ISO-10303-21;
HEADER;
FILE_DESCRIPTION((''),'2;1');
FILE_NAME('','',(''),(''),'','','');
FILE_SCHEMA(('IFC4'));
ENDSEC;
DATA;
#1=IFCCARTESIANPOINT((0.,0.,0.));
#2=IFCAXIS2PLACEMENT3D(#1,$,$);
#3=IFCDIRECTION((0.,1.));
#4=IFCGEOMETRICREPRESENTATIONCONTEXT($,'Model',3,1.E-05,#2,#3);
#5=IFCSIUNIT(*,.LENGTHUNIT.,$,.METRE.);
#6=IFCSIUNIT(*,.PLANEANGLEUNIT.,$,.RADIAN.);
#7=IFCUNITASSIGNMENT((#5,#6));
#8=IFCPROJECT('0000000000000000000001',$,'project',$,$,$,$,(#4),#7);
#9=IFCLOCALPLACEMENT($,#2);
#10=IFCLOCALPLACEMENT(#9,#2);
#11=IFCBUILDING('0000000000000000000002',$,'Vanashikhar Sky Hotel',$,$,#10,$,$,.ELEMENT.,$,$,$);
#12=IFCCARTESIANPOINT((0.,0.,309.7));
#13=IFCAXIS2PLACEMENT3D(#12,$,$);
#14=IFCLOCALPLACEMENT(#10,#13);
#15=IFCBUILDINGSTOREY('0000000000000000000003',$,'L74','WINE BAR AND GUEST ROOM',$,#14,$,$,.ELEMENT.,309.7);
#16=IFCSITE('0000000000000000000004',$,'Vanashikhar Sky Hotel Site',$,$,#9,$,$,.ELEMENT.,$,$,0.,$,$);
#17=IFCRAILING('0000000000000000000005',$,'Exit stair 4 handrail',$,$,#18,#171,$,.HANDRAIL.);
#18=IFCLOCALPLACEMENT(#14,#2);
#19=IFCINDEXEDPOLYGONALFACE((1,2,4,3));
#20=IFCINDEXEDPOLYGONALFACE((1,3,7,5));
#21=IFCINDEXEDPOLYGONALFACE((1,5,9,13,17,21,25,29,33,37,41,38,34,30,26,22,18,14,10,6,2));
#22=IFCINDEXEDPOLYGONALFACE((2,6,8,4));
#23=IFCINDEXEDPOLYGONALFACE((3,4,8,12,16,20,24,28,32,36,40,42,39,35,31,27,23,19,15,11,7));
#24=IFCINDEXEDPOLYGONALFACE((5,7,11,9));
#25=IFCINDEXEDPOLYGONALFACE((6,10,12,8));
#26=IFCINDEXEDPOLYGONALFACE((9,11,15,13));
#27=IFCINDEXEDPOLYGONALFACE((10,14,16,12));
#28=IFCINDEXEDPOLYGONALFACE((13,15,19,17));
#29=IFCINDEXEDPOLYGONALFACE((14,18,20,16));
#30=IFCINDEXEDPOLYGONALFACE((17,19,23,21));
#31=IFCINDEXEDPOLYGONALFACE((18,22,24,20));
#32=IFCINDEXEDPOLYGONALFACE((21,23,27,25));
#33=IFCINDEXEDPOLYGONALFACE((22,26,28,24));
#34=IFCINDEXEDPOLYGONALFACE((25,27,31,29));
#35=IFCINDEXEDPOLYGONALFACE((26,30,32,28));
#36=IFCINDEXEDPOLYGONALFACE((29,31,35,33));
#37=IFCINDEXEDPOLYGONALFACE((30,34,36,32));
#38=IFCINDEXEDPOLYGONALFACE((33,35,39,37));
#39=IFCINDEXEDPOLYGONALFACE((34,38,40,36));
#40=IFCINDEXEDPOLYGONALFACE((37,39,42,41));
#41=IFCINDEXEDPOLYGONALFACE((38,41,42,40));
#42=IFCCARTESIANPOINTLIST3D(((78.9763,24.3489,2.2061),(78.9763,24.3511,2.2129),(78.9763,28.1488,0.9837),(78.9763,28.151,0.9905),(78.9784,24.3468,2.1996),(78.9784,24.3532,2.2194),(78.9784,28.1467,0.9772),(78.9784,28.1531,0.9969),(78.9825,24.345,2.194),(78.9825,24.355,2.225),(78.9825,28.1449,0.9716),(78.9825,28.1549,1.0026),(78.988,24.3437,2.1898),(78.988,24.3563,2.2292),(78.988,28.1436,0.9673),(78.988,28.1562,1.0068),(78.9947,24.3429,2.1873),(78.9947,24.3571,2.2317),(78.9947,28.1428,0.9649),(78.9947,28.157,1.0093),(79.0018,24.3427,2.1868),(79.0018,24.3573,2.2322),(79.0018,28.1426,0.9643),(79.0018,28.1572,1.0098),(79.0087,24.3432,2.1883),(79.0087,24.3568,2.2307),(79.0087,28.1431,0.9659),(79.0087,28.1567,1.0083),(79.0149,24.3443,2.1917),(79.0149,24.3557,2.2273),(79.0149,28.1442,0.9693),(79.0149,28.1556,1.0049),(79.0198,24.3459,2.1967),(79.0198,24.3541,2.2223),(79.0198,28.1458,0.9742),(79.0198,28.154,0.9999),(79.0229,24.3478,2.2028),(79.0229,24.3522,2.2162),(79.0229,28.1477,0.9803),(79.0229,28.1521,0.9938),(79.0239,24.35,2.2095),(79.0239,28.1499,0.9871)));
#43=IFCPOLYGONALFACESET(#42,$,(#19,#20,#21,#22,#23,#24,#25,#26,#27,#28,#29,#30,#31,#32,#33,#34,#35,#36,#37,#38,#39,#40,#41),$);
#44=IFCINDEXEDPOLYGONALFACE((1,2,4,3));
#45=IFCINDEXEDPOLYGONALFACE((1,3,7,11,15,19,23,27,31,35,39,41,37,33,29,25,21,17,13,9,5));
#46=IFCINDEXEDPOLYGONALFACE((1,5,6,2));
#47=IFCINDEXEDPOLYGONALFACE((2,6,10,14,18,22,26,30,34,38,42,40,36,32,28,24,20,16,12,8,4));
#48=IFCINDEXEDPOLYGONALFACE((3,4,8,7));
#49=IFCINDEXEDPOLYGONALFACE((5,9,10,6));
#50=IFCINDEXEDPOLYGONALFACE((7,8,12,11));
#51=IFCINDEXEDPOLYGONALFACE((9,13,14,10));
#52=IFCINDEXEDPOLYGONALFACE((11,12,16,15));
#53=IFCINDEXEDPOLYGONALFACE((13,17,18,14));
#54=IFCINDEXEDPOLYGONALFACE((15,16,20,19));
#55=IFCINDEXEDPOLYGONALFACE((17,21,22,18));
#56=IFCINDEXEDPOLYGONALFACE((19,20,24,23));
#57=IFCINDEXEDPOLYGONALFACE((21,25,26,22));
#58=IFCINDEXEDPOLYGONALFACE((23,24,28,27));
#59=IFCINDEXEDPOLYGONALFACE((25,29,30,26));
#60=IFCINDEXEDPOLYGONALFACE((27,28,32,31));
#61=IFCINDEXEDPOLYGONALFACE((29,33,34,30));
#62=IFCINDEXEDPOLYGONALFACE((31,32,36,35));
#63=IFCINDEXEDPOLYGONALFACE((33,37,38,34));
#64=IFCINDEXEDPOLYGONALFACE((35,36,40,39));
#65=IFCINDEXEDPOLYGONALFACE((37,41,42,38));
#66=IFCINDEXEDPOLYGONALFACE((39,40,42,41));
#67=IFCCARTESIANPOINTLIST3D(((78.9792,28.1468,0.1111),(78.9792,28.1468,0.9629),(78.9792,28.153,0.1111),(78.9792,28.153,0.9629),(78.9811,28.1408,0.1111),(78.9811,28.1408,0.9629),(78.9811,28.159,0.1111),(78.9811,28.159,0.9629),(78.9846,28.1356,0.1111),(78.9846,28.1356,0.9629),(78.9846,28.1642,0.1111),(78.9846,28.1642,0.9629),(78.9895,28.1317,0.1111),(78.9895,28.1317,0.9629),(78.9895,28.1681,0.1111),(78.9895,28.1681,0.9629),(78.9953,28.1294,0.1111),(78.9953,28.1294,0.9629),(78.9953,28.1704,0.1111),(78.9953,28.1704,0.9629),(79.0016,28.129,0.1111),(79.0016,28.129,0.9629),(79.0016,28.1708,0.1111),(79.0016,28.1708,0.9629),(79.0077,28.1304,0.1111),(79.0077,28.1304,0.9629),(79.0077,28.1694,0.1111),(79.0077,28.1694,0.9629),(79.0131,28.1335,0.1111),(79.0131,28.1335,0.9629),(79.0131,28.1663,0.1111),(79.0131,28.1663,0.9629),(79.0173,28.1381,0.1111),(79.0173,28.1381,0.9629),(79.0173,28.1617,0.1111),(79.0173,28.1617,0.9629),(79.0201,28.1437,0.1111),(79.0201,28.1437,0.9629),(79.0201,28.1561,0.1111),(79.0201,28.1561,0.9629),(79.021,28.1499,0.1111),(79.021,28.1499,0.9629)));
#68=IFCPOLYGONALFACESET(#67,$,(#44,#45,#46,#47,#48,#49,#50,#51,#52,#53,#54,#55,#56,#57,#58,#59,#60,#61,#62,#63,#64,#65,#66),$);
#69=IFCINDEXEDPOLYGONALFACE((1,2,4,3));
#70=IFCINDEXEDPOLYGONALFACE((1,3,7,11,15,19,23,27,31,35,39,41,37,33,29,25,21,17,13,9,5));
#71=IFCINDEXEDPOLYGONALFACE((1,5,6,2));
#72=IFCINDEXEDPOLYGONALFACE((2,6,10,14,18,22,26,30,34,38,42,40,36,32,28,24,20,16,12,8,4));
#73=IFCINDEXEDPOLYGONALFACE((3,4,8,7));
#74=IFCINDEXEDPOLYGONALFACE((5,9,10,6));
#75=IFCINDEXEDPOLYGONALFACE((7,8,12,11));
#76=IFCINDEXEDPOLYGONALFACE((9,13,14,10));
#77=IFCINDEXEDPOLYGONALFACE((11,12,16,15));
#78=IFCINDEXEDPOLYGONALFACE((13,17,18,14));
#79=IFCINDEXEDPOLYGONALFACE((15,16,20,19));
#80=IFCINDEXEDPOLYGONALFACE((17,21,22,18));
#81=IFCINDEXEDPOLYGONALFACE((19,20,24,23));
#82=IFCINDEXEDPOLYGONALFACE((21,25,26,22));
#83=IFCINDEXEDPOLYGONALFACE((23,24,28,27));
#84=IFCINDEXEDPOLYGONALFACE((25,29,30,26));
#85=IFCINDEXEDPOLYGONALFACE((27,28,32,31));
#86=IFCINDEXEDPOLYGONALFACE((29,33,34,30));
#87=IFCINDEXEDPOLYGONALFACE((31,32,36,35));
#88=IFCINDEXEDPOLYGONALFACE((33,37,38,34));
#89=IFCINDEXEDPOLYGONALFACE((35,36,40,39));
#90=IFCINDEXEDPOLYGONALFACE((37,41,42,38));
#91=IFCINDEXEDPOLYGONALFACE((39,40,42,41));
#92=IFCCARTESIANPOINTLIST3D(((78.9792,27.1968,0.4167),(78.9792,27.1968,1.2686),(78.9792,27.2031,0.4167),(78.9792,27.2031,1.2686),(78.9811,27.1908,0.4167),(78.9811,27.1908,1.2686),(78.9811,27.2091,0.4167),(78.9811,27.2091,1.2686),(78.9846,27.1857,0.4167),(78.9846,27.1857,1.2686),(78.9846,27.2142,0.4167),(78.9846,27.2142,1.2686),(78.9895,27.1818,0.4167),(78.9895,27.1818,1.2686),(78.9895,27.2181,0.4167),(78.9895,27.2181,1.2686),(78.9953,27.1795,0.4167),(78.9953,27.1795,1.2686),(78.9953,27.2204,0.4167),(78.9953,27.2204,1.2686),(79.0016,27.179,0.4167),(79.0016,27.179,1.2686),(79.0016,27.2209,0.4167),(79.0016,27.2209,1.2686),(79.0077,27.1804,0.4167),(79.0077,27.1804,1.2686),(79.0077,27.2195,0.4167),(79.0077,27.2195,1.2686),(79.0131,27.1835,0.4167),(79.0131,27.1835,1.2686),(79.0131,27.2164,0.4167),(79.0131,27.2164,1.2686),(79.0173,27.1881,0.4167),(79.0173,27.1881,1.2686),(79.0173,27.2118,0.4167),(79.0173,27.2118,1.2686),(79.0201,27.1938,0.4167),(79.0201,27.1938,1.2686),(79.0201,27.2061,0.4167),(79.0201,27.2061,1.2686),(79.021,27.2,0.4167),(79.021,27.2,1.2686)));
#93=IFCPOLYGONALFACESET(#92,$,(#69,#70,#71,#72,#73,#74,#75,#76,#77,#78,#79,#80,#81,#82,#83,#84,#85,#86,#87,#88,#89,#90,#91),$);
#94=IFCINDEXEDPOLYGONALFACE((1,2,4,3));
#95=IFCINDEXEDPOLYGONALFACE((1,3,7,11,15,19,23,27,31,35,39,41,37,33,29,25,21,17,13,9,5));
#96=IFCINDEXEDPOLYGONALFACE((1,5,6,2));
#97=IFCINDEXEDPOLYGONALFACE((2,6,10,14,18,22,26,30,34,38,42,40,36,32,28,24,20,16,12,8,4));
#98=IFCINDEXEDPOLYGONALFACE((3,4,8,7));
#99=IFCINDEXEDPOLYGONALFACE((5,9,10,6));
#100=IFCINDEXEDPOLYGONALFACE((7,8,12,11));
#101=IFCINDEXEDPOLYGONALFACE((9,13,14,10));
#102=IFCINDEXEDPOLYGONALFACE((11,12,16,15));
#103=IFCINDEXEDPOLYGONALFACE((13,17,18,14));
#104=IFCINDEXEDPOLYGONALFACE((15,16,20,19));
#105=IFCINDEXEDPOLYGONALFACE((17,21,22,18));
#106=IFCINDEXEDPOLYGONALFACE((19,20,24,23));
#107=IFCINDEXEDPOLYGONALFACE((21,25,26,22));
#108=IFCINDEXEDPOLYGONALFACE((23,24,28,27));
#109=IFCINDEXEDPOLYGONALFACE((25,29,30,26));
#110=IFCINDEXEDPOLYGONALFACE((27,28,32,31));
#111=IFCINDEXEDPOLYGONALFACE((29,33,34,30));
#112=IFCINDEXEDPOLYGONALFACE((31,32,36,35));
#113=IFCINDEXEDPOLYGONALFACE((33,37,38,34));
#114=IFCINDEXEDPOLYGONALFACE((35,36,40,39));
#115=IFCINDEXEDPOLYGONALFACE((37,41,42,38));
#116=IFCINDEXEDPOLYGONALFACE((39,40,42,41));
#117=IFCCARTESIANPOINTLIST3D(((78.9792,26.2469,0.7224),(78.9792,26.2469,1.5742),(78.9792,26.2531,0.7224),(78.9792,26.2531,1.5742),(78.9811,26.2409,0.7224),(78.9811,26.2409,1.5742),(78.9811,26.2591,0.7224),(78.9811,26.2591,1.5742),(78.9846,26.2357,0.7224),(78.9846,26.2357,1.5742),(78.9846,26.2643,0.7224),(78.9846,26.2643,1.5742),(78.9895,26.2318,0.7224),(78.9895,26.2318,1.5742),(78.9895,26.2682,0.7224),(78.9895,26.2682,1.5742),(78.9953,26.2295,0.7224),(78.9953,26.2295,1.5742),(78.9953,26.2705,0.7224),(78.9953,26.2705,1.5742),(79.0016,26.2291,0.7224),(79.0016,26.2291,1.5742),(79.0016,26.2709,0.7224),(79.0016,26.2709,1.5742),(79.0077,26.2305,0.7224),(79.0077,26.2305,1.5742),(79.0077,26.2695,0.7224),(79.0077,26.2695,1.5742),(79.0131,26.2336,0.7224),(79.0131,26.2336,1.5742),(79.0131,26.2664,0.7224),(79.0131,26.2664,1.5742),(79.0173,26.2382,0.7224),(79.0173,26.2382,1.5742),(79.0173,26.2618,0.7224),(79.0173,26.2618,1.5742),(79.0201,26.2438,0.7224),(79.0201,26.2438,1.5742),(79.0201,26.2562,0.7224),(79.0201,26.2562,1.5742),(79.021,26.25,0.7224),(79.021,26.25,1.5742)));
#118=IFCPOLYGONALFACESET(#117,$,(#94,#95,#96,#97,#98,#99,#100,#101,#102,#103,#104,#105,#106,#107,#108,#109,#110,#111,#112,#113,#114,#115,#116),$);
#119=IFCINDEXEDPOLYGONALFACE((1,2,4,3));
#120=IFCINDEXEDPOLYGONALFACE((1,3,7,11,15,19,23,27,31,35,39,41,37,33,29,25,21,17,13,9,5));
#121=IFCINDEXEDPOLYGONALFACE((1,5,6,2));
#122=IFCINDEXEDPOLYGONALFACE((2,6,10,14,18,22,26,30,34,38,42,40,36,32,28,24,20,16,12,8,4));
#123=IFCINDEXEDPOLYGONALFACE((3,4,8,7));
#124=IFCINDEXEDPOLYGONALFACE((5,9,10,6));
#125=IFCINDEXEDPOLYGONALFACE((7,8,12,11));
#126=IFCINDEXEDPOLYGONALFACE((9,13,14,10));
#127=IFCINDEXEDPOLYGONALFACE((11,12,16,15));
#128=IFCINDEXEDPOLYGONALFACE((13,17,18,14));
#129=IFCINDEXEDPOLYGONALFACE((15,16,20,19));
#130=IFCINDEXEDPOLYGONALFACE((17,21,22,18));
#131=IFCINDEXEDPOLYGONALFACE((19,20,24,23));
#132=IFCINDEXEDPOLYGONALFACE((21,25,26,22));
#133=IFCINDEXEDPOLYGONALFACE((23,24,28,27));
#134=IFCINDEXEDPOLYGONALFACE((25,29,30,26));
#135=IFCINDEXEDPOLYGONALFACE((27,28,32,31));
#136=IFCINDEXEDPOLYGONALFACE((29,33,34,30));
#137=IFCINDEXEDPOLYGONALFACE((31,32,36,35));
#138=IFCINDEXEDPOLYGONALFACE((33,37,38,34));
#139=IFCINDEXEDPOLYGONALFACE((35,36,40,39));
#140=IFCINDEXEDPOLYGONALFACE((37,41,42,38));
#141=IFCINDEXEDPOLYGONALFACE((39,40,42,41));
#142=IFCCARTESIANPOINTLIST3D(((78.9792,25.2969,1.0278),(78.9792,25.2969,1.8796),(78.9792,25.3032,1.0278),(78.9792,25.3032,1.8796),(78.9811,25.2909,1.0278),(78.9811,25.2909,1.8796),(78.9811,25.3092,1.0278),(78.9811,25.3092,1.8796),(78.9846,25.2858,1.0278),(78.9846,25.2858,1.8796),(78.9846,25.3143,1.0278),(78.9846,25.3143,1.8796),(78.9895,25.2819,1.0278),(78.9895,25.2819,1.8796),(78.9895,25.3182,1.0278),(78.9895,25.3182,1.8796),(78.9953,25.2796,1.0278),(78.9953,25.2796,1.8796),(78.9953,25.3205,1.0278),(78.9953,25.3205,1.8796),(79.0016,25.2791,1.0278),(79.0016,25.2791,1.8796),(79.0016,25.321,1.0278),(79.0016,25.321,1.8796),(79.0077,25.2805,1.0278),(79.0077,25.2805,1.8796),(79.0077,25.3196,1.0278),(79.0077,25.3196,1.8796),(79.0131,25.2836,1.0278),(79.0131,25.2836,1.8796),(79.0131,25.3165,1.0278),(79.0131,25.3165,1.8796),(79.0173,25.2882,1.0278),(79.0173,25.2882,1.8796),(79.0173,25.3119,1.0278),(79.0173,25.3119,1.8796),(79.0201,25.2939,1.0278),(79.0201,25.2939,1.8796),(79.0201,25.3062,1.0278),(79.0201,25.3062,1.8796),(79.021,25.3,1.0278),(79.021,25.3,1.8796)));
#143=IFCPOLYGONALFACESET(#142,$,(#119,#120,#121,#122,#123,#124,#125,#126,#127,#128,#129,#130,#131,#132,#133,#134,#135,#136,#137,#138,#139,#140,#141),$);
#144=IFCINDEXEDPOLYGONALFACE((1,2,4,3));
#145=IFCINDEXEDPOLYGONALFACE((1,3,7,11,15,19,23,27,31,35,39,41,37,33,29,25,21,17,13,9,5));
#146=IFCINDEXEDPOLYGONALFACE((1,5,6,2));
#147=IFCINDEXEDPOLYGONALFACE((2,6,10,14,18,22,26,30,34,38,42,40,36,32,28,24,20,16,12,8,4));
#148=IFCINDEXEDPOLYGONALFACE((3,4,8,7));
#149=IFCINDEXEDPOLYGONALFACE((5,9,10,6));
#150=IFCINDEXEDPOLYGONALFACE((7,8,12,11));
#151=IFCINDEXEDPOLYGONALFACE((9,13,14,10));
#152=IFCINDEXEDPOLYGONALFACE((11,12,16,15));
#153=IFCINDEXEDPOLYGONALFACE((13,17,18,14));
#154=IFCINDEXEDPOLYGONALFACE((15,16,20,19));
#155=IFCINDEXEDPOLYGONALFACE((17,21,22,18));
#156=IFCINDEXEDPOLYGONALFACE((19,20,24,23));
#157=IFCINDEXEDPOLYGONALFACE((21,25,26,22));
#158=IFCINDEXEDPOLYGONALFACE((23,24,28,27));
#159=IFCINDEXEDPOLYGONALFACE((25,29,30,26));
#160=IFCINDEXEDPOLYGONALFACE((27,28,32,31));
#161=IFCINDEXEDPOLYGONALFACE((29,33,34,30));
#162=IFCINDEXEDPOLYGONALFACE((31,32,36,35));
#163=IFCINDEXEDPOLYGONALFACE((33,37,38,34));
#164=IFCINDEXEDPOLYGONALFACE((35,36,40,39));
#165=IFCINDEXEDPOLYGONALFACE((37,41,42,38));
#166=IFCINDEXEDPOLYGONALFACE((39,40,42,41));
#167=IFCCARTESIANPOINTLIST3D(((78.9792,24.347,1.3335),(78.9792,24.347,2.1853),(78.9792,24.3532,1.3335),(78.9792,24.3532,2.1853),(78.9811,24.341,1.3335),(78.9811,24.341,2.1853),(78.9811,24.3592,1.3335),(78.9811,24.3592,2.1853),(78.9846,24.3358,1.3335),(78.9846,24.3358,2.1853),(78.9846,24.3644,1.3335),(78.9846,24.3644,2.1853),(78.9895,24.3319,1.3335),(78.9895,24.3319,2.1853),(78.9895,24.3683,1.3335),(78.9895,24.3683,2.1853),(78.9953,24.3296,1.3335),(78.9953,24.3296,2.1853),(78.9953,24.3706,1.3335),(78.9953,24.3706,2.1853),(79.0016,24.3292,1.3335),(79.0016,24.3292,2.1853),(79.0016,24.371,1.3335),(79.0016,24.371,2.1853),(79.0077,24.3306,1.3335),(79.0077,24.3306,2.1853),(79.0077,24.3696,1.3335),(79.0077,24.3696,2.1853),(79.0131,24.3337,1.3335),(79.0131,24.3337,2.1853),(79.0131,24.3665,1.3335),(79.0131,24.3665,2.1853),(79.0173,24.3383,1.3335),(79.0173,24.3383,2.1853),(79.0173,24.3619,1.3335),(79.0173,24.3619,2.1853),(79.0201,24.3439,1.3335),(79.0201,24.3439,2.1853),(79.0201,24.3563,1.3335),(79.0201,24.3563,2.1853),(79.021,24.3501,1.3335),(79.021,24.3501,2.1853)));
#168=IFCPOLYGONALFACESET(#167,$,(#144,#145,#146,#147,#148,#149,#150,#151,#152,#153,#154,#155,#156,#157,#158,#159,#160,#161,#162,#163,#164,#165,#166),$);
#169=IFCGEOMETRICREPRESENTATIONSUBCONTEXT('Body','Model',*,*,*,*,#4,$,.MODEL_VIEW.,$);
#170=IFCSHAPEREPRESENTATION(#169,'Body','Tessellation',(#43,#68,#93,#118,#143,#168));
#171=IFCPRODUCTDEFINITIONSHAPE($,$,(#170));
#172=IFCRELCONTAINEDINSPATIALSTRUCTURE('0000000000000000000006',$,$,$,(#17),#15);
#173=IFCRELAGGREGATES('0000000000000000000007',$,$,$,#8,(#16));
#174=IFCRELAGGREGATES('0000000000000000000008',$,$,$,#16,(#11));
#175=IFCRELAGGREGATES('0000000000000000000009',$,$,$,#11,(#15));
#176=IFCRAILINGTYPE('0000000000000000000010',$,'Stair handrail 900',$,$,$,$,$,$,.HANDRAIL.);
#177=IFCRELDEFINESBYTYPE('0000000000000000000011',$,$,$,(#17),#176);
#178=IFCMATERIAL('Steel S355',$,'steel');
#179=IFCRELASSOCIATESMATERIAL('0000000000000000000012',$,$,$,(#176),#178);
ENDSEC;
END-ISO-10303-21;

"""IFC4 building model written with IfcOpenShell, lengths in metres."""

from ifc_helpers import new_model, si_unit, direction, frame, origin, origin_2d, place, context, subcontext, project, spatial, circle, extrude, source, transform, mapped, material, type_object, element, save


model = new_model("IFC4")

# Units and contexts
model_context = context("Model", 3, precision=1e-05, world=origin(), true_north=direction((0.0, 1.0)))
body_context = subcontext(model_context, "Body", "Model", "MODEL_VIEW")
ifc_project = project(units=[si_unit("LENGTHUNIT", "METRE"), si_unit("PLANEANGLEUNIT", "RADIAN")], contexts=[model_context])

# Site, building, storey
site_placement = place(None, origin())
site = spatial("IfcSite", under=ifc_project, at=site_placement, Name="Vanashikhar Sky Hotel Site", CompositionType="ELEMENT", RefElevation=0.0)
building_placement = place(site_placement, origin())
building = spatial("IfcBuilding", under=site, at=building_placement, Name="Vanashikhar Sky Hotel", CompositionType="ELEMENT")
storey_placement = place(building_placement, frame((0.0, 0.0, 309.7)))
storey = spatial("IfcBuildingStorey", under=building, at=storey_placement, Name="L74", Description="WINE BAR AND GUEST ROOM", CompositionType="ELEMENT", Elevation=309.7)

# Railing
ifc_material_1 = material(Name="Steel S355", Category="steel")
railing_type = type_object("IfcRailingType", Name="Stair handrail 900", PredefinedType="HANDRAIL", material=ifc_material_1)
shared_shape_1 = source(origin(), body_context, "Body", "SweptSolid", [
    extrude(circle(Radius=0.0239, at=origin_2d()), frame((0.0, 0.0, 0.876), z_axis=(0.0, -0.951952, 0.306247), x_axis=(1.0, 0.0, 0.0)), (0.0, 0.0, 1.0), 3.9917),
    extrude(circle(Radius=0.021, at=origin_2d()), origin(), (0.0, 0.0, 1.0), 0.8518),
    extrude(circle(Radius=0.021, at=origin_2d()), frame((0.0, -0.95, 0.3057)), (0.0, 0.0, 1.0), 0.8518),
    extrude(circle(Radius=0.021, at=origin_2d()), frame((0.0, -1.8999, 0.6113)), (0.0, 0.0, 1.0), 0.8518),
    extrude(circle(Radius=0.021, at=origin_2d()), frame((0.0, -2.8499, 0.9167)), (0.0, 0.0, 1.0), 0.8518),
    extrude(circle(Radius=0.021, at=origin_2d()), frame((0.0, -3.7998, 1.2224)), (0.0, 0.0, 1.0), 0.8518),
])
railing_1_placement = place(storey_placement, frame((79.0, 28.1499, 0.1111)))
element("IfcRailing", 1, at=railing_1_placement, inside=storey, type_object=railing_type, Name="Exit stair 4 handrail", PredefinedType="HANDRAIL", context=body_context, shape_type="MappedRepresentation", body=[
    mapped(shared_shape_1, transform((0.0, 0.0, 0.0), scale=1.0)),
])

save(model, "model.ifc")
